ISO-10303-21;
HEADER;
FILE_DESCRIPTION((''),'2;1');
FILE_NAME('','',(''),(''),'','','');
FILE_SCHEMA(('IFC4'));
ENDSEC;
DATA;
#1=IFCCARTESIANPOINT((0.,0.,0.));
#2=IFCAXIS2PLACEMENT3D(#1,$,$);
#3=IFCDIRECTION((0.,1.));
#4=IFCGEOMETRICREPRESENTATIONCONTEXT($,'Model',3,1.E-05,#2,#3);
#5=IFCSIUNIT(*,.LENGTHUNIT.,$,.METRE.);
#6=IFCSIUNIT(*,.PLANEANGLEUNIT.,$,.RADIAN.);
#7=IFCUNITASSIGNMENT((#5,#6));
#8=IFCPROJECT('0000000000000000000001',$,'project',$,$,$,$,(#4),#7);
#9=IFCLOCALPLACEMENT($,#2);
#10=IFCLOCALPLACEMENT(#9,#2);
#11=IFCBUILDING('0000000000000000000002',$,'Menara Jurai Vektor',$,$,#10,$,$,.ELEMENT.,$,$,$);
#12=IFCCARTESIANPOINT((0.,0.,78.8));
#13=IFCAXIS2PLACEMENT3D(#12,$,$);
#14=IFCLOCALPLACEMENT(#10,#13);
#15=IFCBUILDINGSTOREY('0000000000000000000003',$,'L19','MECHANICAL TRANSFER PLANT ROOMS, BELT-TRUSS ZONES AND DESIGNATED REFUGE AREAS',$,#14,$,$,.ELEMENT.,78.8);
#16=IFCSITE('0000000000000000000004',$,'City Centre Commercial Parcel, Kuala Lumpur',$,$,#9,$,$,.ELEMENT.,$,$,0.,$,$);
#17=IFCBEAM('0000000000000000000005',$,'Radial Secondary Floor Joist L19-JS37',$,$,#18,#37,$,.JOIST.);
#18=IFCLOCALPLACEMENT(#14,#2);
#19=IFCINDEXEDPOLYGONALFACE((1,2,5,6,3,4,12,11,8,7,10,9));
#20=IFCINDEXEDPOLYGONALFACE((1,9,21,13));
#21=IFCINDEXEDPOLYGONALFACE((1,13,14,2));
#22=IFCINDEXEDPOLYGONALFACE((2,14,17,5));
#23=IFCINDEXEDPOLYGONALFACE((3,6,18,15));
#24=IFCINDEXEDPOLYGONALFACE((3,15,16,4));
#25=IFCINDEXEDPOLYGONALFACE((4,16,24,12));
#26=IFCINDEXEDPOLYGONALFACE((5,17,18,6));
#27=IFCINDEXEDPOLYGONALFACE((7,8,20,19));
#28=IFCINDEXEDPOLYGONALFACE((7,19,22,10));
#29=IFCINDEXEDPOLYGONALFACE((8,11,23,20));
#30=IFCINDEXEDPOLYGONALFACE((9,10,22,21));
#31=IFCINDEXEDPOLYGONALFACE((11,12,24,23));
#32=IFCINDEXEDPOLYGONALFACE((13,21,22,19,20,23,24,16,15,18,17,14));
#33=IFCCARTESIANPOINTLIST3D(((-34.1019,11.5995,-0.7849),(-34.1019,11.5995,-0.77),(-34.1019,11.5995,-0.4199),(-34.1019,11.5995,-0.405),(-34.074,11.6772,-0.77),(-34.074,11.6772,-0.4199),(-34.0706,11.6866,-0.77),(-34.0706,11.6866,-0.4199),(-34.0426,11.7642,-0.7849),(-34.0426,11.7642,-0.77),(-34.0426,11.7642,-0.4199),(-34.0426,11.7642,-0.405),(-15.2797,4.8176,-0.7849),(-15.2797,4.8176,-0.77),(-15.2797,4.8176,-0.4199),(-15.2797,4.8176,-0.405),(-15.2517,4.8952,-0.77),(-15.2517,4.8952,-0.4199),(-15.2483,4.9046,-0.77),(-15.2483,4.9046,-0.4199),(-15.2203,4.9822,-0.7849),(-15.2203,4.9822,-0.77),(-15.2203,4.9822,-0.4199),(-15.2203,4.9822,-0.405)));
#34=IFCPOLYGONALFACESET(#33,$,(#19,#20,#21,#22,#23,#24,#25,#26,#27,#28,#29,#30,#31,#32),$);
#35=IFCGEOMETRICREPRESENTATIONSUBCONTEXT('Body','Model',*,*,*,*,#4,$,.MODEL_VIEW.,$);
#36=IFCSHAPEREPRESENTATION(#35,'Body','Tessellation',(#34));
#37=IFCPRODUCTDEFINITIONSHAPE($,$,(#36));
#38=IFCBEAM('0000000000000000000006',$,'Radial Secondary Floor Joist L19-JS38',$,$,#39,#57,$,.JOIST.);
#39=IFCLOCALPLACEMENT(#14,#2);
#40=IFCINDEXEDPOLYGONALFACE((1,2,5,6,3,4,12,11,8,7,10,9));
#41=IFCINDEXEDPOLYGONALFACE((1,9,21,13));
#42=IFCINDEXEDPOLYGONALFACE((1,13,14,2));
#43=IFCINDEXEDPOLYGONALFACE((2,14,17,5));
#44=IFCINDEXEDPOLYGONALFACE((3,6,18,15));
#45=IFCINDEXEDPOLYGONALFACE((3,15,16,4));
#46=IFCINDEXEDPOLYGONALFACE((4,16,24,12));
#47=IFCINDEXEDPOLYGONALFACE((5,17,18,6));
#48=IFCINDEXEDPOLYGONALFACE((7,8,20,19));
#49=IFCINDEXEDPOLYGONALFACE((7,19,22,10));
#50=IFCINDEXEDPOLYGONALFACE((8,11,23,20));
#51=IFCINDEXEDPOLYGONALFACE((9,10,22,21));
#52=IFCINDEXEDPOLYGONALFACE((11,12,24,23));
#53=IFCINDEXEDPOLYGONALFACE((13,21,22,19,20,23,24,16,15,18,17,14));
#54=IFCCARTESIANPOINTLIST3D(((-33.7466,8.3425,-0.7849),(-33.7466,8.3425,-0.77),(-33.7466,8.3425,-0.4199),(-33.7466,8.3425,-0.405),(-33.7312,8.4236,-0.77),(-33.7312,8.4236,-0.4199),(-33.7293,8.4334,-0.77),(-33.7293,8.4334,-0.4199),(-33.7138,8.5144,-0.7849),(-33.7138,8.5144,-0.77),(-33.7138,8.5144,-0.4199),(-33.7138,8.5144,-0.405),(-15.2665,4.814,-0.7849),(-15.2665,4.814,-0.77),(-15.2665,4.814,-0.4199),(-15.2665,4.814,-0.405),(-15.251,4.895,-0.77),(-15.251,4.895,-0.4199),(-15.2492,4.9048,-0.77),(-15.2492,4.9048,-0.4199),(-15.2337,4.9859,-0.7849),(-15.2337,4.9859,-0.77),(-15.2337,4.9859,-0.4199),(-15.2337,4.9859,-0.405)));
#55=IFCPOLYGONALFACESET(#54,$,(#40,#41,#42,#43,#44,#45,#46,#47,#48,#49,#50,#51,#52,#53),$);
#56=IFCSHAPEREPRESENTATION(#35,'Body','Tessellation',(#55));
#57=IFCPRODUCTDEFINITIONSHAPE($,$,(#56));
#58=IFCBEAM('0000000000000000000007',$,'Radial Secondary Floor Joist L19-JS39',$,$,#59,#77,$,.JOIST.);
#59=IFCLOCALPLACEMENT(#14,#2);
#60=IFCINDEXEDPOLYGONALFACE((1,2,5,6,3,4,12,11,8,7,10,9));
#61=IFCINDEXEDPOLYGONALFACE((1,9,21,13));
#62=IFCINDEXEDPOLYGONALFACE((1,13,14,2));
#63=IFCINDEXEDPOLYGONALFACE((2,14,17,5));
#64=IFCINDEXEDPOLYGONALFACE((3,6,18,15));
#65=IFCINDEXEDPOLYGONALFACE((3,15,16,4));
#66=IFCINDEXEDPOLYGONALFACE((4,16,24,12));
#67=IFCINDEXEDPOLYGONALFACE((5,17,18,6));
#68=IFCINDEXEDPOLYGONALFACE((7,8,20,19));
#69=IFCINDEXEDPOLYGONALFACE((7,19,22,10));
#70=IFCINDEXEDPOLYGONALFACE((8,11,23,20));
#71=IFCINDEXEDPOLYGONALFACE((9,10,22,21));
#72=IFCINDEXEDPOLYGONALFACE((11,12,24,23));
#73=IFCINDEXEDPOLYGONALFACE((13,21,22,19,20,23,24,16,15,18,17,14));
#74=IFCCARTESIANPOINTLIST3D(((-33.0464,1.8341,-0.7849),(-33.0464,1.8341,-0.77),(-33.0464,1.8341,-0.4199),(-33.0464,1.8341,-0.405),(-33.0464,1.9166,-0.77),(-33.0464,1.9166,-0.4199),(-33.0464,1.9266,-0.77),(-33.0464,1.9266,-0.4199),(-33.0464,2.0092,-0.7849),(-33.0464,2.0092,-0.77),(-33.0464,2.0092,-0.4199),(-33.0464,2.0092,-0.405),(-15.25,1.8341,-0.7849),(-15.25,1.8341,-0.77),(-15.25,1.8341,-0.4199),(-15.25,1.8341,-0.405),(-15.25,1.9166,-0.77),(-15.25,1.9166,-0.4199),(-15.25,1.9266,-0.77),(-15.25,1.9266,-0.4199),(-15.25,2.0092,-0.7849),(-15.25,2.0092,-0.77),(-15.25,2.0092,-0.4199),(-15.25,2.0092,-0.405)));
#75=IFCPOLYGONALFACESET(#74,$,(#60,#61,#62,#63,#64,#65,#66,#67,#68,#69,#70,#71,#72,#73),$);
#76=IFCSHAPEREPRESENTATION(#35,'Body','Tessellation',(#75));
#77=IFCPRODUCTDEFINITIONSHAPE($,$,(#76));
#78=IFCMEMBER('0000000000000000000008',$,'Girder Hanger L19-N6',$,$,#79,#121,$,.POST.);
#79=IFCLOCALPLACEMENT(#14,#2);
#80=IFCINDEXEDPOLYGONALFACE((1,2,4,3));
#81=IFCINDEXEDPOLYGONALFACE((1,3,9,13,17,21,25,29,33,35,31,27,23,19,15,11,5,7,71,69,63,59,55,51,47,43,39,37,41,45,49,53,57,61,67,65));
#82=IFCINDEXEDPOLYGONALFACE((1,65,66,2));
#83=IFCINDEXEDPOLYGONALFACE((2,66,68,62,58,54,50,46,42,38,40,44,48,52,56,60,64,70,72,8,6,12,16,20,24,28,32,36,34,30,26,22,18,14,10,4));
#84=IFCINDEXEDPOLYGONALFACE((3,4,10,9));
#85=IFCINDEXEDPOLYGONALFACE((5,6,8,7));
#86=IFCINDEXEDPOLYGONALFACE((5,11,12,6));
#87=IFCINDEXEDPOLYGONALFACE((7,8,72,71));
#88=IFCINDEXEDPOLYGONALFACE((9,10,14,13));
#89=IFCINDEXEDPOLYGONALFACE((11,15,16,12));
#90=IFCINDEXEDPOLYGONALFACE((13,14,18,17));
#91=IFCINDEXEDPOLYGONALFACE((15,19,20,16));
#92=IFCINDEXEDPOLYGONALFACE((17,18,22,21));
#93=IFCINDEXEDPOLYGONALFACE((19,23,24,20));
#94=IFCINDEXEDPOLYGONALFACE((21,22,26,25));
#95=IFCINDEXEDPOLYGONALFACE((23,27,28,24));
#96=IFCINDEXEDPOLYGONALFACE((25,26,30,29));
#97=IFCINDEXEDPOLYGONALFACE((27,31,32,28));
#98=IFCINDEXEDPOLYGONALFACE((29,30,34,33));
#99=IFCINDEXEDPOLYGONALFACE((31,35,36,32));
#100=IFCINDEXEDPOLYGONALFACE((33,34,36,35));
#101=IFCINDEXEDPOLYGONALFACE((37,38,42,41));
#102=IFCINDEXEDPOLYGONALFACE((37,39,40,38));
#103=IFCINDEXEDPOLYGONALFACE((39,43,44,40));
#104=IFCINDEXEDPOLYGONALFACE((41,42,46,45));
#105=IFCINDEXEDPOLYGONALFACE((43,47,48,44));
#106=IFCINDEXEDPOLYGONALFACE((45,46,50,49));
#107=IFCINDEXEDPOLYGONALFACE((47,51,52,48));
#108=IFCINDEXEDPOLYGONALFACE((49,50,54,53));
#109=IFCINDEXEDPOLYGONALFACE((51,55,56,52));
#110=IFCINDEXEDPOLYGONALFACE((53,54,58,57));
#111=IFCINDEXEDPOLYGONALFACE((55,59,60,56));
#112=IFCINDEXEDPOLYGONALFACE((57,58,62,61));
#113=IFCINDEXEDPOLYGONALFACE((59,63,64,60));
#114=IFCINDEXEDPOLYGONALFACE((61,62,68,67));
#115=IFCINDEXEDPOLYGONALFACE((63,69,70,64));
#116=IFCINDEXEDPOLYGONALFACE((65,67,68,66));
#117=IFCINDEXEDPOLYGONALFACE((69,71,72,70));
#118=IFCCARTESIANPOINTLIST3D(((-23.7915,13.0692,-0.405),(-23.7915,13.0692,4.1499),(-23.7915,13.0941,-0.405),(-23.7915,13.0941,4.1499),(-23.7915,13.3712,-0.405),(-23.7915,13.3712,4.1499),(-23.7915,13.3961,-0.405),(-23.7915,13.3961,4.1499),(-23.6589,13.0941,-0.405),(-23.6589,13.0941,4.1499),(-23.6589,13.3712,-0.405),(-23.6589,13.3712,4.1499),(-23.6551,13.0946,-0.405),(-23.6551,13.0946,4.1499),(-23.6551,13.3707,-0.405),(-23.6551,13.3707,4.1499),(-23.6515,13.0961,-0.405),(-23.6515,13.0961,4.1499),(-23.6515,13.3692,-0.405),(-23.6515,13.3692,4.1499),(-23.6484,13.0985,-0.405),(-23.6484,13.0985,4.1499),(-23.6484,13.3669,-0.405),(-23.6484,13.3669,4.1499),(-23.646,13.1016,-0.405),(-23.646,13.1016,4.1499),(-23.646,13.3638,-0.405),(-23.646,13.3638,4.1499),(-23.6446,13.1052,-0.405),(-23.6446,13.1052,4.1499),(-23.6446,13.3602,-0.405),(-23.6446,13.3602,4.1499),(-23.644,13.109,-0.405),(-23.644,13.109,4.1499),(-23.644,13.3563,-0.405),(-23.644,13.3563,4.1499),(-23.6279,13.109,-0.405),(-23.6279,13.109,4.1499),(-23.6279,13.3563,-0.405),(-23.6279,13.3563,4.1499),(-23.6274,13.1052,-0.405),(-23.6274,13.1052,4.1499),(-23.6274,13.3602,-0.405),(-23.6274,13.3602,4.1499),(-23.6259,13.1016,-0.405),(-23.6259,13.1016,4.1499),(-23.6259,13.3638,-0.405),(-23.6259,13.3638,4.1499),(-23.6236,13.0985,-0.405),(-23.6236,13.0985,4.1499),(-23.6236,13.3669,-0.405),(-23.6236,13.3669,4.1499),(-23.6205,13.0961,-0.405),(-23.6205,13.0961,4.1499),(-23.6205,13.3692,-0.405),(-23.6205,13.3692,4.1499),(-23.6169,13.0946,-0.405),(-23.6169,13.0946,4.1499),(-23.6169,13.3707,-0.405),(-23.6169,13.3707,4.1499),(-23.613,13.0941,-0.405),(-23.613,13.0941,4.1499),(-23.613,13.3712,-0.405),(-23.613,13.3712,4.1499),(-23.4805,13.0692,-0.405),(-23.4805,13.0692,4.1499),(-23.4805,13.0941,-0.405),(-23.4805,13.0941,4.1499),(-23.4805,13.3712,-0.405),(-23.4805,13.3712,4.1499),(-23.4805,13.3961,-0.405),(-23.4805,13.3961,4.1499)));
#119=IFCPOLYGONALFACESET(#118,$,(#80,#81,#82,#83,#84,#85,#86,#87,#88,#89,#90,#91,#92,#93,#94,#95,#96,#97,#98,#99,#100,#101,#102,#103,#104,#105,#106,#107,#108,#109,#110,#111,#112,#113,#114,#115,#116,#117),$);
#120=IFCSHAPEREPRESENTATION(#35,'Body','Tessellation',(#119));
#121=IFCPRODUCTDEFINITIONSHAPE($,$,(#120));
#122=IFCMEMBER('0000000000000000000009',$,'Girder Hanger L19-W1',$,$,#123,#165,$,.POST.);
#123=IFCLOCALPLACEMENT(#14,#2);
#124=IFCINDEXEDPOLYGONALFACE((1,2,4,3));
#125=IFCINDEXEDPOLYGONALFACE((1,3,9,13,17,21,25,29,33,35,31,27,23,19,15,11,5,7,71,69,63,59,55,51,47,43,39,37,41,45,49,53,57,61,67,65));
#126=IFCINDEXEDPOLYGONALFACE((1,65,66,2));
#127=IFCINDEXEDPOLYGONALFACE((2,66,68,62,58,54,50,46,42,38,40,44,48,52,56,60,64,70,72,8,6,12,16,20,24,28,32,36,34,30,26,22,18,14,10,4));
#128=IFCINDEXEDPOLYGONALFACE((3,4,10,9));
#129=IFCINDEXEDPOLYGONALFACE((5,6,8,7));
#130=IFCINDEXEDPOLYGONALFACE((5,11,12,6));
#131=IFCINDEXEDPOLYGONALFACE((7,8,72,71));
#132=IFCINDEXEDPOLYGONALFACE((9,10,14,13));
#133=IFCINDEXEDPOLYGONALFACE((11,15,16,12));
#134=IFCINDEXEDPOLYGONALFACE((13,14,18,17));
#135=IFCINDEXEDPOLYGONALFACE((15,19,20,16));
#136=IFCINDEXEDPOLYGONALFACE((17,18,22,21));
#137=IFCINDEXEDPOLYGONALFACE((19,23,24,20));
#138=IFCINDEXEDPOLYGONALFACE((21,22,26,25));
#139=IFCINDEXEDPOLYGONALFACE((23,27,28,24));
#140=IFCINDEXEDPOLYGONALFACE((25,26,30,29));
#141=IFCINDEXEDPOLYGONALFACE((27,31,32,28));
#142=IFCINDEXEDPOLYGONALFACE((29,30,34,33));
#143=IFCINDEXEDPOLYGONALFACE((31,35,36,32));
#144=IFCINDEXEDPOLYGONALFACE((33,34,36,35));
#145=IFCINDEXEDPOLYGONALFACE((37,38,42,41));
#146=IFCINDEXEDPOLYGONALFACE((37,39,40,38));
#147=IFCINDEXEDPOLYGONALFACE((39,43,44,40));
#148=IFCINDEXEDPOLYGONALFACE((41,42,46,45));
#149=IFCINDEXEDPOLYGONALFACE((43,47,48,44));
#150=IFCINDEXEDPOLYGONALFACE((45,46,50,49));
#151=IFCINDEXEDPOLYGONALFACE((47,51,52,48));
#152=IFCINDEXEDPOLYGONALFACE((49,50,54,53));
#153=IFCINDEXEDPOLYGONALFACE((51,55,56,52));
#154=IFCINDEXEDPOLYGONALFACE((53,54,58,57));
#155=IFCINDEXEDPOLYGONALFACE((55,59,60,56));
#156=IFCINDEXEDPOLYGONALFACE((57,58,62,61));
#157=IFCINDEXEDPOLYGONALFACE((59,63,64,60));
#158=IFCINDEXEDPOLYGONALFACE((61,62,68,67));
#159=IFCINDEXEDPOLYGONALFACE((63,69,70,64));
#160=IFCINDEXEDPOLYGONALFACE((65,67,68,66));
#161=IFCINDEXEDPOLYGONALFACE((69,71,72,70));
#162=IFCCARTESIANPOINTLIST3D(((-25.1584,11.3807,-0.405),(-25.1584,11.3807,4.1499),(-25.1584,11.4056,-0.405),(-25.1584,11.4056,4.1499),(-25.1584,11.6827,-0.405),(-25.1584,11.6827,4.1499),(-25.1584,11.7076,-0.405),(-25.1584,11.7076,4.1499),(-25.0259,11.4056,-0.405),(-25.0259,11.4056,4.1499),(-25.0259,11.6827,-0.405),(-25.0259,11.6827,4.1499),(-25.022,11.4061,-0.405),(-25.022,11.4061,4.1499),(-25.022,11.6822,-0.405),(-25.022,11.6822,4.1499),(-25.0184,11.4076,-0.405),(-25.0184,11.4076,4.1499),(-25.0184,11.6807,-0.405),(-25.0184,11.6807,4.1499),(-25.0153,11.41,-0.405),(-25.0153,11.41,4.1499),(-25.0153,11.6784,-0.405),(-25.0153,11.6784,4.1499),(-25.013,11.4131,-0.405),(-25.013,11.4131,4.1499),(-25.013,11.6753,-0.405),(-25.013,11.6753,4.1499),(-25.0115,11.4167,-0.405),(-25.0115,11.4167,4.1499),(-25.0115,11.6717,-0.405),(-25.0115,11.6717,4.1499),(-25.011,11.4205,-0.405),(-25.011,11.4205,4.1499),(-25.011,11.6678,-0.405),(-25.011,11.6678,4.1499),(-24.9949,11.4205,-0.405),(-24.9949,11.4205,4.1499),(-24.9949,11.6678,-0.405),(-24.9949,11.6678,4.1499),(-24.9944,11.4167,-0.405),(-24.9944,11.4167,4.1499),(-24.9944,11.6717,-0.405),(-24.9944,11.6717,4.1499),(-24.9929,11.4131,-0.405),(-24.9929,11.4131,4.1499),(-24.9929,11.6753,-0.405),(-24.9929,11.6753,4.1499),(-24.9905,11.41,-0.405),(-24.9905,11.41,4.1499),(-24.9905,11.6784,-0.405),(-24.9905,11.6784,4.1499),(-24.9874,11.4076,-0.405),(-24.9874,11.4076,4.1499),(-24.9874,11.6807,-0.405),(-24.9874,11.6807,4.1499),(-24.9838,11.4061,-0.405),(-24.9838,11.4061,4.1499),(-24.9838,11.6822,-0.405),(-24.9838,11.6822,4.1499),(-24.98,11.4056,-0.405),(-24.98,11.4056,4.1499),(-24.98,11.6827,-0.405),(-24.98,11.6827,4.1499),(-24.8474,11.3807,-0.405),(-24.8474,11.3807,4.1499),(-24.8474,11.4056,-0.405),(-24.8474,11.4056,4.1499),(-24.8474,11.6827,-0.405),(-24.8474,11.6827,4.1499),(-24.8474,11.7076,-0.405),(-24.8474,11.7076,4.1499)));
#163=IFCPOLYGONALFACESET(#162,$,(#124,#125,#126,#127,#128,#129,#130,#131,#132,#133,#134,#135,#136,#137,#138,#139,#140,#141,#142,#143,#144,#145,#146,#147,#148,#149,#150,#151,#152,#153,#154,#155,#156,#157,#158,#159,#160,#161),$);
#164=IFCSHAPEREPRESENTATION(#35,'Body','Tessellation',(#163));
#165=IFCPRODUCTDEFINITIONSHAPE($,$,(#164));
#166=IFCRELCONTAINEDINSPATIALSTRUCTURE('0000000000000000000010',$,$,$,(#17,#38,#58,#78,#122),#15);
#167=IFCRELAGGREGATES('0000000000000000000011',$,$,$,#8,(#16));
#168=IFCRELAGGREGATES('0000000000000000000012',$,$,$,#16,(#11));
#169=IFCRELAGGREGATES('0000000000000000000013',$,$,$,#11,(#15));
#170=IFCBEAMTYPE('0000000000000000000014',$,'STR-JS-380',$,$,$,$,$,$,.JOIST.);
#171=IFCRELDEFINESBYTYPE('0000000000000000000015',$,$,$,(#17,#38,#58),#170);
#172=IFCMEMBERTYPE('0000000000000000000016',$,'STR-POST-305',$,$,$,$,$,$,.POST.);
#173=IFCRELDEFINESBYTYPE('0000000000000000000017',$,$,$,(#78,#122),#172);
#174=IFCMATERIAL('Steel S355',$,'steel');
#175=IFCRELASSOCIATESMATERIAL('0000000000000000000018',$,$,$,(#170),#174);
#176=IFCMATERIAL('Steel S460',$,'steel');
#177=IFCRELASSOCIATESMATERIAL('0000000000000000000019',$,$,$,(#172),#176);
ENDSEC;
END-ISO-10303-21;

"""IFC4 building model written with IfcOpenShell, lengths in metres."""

from ifc_helpers import new_model, si_unit, direction, frame, origin, origin_2d, place, context, subcontext, project, spatial, i_section, extrude, material, material_profile, profile_set, type_object, element, save


model = new_model("IFC4")

# Units and contexts
model_context = context("Model", 3, precision=1e-05, world=origin(), true_north=direction((0.0, 1.0)))
body_context = subcontext(model_context, "Body", "Model", "MODEL_VIEW")
ifc_project = project(units=[si_unit("LENGTHUNIT", "METRE"), si_unit("PLANEANGLEUNIT", "RADIAN")], contexts=[model_context])

# Site, building, storey
site_placement = place(None, origin())
site = spatial("IfcSite", under=ifc_project, at=site_placement, Name="City Centre Commercial Parcel, Kuala Lumpur", CompositionType="ELEMENT", RefElevation=0.0)
building_placement = place(site_placement, origin())
building = spatial("IfcBuilding", under=site, at=building_placement, Name="Menara Jurai Vektor", CompositionType="ELEMENT")
storey_placement = place(building_placement, frame((0.0, 0.0, 78.8)))
storey = spatial("IfcBuildingStorey", under=building, at=storey_placement, Name="L19", Description="MECHANICAL TRANSFER PLANT ROOMS, BELT-TRUSS ZONES AND DESIGNATED REFUGE AREAS", CompositionType="ELEMENT", Elevation=78.8)

# Shared definitions
ifc_material_1 = material(Name="Steel S460", Category="steel")

# Shared definitions
ifc_material_2 = material(Name="Steel S355", Category="steel")

# Beams
ifc_material_profile_1 = material_profile(ifc_material_2, i_section(OverallWidth=0.175, OverallDepth=0.3799, WebThickness=0.01, FlangeThickness=0.0149, at=origin_2d()), Name="PG 380x175x58")
ifc_profile_set_1 = profile_set([ifc_material_profile_1], Name="Steel S355")
beam_type_1 = type_object("IfcBeamType", Name="STR-JS-380", PredefinedType="JOIST", material=ifc_profile_set_1)
beam_1_placement = place(storey_placement, frame((-34.0723, 11.6819, -0.595), z_axis=(0.940792, -0.338983, 0.0), x_axis=(0.338983, 0.940792, 0.0)))
element("IfcBeam", 1, at=beam_1_placement, inside=storey, type_object=beam_type_1, Name="Radial Secondary Floor Joist L19-JS37", PredefinedType="JOIST", context=body_context, shape_type="SweptSolid", body=[
    extrude(i_section(OverallWidth=0.175, OverallDepth=0.3799, WebThickness=0.01, FlangeThickness=0.0149, at=origin_2d()), origin(), (0.0, 0.0, 1.0), 20.0068),
])
beam_2_placement = place(storey_placement, frame((-33.7302, 8.4285, -0.595), z_axis=(0.982255, -0.187549, 0.0), x_axis=(0.187549, 0.982255, 0.0)))
element("IfcBeam", 2, at=beam_2_placement, inside=storey, type_object=beam_type_1, Name="Radial Secondary Floor Joist L19-JS38", PredefinedType="JOIST", context=body_context, shape_type="SweptSolid", body=[
    extrude(i_section(OverallWidth=0.175, OverallDepth=0.3799, WebThickness=0.01, FlangeThickness=0.0149, at=origin_2d()), origin(), (0.0, 0.0, 1.0), 18.814),
])
beam_3_placement = place(storey_placement, frame((-33.0464, 1.9216, -0.595), z_axis=(1.0, 0.0, 0.0), x_axis=(0.0, 1.0, 0.0)))
element("IfcBeam", 3, at=beam_3_placement, inside=storey, type_object=beam_type_1, Name="Radial Secondary Floor Joist L19-JS39", PredefinedType="JOIST", context=body_context, shape_type="SweptSolid", body=[
    extrude(i_section(OverallWidth=0.175, OverallDepth=0.3799, WebThickness=0.01, FlangeThickness=0.0149, at=origin_2d()), origin(), (0.0, 0.0, 1.0), 17.7964),
])

# Members
ifc_material_profile_2 = material_profile(ifc_material_1, i_section(OverallWidth=0.311, OverallDepth=0.3269, WebThickness=0.0161, FlangeThickness=0.0249, FilletRadius=0.0149, at=origin_2d()), Name="UKC 305x305x158")
ifc_profile_set_2 = profile_set([ifc_material_profile_2], Name="Steel S460")
member_type_1 = type_object("IfcMemberType", Name="STR-POST-305", PredefinedType="POST", material=ifc_profile_set_2)
for number, where, z_axis, x_axis, name in (
    (4, (-23.636, 13.2327, -0.405), (0.0, 0.0, 1.0), (1.0, 0.0, 0.0), "Girder Hanger L19-N6"),
    (5, (-25.0029, 11.5442, -0.405), (0.0, 0.0, 1.0), (1.0, 0.0, 0.0), "Girder Hanger L19-W1"),
):
    element("IfcMember", number, at=place(storey_placement, frame(where, z_axis=z_axis, x_axis=x_axis)), inside=storey, type_object=member_type_1, Name=name, PredefinedType="POST", context=body_context, shape_type="SweptSolid", body=[
        extrude(i_section(OverallWidth=0.311, OverallDepth=0.3269, WebThickness=0.0161, FlangeThickness=0.0249, FilletRadius=0.0149, at=origin_2d()), origin(), (0.0, 0.0, 1.0), 4.5549),
    ])

save(model, "model.ifc")
